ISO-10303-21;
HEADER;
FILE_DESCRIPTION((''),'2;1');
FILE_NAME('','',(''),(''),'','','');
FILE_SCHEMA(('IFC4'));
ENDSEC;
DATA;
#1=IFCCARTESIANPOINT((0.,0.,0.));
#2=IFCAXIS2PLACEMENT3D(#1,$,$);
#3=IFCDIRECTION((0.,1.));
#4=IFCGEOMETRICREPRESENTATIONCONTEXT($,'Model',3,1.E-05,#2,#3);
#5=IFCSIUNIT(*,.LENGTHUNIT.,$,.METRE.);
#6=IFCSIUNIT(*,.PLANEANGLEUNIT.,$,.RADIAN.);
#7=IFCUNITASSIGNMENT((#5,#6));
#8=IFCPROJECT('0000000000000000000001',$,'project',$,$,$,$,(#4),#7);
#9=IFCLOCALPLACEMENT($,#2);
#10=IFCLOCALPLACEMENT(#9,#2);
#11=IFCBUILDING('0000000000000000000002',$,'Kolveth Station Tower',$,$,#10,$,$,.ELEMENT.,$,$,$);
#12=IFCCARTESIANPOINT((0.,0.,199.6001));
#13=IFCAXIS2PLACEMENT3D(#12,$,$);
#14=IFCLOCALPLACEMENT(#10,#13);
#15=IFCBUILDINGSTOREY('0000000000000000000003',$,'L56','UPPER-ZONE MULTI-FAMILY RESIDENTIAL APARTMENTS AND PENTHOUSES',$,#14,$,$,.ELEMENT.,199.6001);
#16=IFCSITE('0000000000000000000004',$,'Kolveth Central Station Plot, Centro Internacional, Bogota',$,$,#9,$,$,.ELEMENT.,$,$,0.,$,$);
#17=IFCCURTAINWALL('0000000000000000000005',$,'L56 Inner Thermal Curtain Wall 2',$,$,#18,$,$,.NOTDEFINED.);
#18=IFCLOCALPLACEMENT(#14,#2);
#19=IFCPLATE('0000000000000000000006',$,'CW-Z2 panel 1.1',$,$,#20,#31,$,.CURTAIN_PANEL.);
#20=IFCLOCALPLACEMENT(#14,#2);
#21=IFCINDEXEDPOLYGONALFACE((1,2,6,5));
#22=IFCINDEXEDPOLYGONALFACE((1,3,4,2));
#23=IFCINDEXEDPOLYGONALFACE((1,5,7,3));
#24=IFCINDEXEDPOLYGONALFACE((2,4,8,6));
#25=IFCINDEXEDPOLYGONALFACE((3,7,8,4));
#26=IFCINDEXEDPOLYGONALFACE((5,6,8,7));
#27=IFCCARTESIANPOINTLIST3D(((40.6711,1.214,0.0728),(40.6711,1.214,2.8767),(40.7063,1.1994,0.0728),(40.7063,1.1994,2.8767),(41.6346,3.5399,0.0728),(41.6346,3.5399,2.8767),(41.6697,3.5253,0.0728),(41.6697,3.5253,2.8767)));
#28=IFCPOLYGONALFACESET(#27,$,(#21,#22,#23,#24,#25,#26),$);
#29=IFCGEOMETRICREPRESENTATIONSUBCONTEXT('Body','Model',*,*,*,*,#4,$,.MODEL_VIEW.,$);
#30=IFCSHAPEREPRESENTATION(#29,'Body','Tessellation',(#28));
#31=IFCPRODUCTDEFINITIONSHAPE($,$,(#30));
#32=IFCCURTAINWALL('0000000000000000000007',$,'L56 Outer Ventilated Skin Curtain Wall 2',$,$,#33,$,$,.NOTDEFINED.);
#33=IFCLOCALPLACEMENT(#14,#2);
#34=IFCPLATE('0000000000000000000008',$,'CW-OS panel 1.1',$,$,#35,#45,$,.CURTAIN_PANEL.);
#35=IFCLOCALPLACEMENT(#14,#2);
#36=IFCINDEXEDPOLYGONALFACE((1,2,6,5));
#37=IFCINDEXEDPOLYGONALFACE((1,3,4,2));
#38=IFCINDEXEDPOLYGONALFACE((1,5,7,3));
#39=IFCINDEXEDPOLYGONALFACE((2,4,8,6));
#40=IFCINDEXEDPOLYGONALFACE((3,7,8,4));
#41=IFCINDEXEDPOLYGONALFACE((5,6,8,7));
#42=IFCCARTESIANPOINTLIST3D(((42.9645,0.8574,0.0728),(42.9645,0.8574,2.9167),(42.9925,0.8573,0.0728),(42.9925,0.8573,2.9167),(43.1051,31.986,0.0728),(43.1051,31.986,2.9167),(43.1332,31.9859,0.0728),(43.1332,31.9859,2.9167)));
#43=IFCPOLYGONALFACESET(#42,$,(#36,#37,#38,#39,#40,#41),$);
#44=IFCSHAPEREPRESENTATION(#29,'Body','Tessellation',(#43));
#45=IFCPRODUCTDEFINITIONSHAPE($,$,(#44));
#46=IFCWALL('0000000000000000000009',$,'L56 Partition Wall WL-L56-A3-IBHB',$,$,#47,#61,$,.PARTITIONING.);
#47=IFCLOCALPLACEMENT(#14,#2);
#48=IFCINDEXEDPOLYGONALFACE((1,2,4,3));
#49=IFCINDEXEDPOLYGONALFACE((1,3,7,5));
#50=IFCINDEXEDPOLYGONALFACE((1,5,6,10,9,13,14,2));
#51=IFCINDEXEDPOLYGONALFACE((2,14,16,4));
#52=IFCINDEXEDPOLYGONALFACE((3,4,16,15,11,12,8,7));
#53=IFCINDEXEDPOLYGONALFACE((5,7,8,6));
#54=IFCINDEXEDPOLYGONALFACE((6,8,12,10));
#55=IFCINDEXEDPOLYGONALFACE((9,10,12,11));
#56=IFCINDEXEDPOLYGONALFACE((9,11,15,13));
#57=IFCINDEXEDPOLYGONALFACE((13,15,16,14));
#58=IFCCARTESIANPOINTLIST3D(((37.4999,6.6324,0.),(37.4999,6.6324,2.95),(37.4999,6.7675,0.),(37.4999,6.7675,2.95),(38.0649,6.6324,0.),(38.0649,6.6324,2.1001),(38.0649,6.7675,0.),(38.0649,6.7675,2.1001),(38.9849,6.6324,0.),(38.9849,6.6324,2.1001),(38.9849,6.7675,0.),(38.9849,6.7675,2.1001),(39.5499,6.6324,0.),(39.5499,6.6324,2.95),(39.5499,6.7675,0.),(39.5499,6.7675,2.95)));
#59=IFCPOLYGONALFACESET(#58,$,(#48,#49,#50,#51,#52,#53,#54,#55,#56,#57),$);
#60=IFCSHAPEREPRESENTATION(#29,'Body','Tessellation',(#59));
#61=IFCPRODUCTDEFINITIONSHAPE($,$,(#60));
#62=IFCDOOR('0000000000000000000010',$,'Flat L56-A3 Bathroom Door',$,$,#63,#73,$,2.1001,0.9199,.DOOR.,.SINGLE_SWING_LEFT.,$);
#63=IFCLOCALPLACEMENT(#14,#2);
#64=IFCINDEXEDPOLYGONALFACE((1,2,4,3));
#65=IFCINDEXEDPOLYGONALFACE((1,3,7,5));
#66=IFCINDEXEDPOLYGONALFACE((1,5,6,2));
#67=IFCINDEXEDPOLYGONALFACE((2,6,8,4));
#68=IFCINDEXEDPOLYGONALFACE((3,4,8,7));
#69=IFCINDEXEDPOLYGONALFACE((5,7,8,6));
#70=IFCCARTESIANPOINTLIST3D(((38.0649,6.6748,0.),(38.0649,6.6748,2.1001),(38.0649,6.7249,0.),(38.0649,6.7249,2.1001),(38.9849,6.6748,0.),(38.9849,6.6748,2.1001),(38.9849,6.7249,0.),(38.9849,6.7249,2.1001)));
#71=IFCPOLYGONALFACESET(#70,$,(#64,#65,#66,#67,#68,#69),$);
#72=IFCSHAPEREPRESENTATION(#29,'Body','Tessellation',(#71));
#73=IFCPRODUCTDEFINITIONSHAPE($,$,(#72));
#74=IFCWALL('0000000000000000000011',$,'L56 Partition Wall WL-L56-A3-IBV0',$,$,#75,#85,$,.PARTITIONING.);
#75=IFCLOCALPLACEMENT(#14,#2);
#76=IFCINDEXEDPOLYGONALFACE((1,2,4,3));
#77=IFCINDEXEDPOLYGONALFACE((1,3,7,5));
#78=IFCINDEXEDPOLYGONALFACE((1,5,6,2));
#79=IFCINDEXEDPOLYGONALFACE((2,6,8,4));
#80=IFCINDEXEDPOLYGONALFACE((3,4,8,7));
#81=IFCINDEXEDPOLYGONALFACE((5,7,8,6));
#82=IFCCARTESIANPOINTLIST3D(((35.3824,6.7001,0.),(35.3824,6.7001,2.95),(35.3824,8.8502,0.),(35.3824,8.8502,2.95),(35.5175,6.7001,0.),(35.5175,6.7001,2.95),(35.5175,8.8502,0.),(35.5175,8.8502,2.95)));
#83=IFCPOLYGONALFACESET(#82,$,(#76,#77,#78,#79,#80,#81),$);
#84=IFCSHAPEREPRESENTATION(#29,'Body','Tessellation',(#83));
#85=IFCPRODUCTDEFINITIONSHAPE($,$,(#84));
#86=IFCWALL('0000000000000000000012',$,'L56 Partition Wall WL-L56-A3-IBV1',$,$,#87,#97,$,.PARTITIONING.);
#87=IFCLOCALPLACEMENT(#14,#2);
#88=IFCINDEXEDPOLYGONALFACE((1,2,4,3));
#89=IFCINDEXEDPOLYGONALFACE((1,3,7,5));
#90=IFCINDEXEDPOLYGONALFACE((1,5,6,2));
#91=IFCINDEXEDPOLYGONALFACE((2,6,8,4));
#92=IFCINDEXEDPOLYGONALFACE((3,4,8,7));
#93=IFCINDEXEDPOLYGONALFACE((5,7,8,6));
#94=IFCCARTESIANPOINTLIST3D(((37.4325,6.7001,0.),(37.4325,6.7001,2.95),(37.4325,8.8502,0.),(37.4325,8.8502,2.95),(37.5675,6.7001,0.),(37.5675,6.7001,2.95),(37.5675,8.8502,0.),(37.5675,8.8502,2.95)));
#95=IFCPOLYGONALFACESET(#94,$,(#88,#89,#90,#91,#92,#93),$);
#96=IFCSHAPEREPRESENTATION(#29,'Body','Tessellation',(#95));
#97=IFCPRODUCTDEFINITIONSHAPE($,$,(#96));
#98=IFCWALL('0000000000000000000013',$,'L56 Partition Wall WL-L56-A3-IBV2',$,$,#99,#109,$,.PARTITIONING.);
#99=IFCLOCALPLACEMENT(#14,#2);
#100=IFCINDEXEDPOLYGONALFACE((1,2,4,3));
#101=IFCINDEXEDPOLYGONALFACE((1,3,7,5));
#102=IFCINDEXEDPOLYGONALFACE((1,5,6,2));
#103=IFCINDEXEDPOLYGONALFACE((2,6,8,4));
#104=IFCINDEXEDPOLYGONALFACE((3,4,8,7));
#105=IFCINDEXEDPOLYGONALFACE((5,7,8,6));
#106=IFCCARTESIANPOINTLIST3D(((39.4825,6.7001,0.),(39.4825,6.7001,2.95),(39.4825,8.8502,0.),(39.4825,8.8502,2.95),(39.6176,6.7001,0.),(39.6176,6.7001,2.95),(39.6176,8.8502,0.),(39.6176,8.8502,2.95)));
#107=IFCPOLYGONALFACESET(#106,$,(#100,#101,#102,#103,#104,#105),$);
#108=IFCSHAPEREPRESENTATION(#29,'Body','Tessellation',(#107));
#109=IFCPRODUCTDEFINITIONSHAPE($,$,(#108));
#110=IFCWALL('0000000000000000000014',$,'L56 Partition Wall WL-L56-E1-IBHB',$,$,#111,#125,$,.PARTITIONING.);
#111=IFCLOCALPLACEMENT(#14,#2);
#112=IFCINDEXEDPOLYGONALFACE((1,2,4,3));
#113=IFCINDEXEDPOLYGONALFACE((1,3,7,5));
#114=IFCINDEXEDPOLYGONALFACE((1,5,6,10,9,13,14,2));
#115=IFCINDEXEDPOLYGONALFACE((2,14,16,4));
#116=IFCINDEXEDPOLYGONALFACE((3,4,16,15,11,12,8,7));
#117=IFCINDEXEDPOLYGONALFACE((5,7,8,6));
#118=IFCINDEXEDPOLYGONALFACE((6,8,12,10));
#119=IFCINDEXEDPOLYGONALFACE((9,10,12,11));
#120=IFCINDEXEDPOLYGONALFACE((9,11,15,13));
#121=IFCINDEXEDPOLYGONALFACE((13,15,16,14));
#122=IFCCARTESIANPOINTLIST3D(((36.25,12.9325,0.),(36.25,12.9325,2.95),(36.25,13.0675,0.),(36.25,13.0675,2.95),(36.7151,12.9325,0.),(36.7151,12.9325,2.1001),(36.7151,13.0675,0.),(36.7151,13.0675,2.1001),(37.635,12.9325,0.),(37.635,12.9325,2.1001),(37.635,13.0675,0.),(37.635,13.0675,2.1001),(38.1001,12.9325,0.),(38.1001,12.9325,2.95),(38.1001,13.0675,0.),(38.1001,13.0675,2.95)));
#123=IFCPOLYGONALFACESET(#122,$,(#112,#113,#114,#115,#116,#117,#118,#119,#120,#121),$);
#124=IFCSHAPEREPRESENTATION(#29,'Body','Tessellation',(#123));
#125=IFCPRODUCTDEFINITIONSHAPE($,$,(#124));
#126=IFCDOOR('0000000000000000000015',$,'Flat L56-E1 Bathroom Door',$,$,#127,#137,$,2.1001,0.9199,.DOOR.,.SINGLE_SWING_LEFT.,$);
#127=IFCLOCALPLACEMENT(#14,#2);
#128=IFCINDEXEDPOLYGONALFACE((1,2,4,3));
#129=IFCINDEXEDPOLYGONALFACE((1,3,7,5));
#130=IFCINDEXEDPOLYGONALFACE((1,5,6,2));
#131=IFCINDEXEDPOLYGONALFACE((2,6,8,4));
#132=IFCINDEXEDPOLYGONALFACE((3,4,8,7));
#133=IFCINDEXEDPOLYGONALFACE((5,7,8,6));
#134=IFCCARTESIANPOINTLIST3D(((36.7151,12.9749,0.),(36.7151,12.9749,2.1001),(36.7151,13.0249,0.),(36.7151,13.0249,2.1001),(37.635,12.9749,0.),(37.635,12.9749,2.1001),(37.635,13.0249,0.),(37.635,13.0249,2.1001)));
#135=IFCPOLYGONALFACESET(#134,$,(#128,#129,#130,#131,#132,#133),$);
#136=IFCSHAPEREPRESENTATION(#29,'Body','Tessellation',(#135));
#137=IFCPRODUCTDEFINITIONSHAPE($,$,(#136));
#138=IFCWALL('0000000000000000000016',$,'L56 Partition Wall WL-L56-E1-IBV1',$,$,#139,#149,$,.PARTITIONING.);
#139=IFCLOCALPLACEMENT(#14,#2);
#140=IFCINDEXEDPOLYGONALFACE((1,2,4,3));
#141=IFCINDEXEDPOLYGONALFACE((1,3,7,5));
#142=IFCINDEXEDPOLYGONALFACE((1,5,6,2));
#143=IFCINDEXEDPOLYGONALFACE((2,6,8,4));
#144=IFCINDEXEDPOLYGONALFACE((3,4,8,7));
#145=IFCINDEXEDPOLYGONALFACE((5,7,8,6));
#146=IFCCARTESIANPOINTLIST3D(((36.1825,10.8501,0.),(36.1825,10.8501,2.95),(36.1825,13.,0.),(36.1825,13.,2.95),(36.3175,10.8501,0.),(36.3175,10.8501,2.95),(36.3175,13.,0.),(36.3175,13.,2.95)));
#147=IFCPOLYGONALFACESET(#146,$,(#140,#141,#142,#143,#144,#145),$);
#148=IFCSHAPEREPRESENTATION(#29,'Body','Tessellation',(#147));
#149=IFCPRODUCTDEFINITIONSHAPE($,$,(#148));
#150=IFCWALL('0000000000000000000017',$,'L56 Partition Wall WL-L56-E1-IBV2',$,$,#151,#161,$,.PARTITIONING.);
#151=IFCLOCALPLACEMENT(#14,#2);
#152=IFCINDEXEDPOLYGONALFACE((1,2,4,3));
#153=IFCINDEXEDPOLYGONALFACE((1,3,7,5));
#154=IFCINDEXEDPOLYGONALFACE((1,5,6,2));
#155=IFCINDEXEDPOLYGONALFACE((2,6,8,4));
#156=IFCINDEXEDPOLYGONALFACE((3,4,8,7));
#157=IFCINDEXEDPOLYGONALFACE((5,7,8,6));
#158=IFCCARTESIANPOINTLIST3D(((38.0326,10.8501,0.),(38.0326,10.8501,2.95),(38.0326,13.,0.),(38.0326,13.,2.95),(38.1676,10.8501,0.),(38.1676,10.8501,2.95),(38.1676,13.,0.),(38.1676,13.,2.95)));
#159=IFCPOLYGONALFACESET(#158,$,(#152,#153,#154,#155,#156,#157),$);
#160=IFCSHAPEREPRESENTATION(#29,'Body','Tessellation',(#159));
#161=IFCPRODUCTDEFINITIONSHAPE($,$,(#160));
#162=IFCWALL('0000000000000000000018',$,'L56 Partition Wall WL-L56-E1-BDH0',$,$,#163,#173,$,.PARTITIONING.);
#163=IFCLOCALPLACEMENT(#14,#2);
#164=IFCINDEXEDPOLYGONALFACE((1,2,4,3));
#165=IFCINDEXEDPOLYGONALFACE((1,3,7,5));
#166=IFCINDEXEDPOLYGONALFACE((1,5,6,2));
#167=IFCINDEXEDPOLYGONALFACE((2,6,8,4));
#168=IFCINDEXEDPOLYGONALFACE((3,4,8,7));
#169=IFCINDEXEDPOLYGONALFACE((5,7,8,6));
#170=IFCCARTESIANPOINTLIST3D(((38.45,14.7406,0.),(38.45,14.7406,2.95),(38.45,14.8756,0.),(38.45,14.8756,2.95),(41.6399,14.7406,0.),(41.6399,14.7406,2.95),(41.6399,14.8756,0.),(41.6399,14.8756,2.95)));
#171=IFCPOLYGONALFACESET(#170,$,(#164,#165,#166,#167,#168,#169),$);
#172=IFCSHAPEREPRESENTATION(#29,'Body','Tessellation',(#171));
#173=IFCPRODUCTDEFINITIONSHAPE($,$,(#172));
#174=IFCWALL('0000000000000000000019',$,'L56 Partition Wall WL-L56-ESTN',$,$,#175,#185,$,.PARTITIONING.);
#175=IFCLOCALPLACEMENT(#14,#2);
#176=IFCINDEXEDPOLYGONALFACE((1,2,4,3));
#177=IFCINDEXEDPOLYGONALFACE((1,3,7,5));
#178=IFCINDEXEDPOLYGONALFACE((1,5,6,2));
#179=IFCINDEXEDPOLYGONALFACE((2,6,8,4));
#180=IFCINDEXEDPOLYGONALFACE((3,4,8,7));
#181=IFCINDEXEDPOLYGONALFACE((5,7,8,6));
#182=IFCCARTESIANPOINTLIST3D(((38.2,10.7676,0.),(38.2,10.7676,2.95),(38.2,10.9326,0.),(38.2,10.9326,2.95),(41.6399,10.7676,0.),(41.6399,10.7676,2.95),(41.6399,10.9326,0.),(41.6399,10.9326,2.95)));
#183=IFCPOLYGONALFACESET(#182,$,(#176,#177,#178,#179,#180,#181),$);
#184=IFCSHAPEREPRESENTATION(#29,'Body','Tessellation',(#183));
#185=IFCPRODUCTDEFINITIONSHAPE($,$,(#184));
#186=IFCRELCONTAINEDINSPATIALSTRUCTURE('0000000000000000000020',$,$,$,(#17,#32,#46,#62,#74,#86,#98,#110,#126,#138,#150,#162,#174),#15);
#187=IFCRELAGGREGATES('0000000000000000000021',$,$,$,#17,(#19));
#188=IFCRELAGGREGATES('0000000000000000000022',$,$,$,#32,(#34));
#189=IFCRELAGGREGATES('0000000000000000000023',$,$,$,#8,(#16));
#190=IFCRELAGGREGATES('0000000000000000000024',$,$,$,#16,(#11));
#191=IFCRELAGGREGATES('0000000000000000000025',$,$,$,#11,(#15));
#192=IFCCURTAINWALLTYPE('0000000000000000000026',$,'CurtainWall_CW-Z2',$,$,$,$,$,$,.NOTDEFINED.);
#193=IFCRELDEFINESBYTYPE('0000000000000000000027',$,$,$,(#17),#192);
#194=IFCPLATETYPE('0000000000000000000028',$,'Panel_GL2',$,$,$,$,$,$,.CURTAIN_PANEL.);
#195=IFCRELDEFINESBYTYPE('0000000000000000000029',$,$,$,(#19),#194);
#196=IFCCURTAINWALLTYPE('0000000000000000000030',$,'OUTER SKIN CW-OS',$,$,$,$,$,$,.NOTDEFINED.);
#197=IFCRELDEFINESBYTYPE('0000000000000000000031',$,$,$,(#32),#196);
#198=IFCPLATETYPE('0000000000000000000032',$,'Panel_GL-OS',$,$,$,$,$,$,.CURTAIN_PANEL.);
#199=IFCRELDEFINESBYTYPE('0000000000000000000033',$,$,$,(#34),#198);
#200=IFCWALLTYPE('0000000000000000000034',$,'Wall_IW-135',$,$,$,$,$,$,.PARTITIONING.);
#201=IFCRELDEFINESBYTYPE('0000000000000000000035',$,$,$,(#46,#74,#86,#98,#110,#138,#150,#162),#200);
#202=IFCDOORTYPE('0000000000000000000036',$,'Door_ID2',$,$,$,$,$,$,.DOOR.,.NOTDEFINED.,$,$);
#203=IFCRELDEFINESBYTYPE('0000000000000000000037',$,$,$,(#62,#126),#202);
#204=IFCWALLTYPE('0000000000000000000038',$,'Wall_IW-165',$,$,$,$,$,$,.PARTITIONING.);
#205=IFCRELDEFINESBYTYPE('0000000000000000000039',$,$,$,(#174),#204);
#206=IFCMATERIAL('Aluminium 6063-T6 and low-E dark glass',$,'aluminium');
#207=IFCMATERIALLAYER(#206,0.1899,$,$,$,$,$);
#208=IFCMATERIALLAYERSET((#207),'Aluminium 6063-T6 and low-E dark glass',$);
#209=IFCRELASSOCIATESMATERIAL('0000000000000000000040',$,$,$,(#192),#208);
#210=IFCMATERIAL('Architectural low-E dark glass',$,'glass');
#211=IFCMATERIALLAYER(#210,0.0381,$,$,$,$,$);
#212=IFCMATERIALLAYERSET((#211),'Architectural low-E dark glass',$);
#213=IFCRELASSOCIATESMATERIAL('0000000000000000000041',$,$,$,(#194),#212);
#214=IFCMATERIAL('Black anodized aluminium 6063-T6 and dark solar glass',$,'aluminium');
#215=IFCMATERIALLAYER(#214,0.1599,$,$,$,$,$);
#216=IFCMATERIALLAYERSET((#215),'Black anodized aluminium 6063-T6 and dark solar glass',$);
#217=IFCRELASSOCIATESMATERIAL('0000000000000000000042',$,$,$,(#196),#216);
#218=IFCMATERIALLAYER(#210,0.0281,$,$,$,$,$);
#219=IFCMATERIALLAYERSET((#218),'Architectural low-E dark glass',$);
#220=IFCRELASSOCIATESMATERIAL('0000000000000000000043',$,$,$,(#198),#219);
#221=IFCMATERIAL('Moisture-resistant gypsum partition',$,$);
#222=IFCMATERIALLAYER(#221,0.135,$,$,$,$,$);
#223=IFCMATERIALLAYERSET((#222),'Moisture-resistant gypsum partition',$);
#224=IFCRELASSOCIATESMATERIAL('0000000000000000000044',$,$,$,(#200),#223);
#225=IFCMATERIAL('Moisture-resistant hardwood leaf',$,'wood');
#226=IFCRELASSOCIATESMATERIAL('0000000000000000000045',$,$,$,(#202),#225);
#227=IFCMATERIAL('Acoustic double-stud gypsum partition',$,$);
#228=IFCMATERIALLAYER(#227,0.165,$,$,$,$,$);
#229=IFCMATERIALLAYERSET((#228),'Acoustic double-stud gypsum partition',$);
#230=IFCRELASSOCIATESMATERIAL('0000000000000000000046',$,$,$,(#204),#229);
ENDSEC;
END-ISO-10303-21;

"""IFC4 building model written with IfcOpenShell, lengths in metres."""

from ifc_helpers import new_model, si_unit, direction, frame, frame_2d, origin, origin_2d, place, context, subcontext, project, spatial, rectangle, extrude, source, transform, mapped, material, layer, layer_set, type_object, element, fill, aggregate, save


model = new_model("IFC4")

# Units and contexts
model_context = context("Model", 3, precision=1e-05, world=origin(), true_north=direction((0.0, 1.0)))
body_context = subcontext(model_context, "Body", "Model", "MODEL_VIEW")
ifc_project = project(units=[si_unit("LENGTHUNIT", "METRE"), si_unit("PLANEANGLEUNIT", "RADIAN")], contexts=[model_context])

# Site, building, storey
site_placement = place(None, origin())
site = spatial("IfcSite", under=ifc_project, at=site_placement, Name="Kolveth Central Station Plot, Centro Internacional, Bogota", CompositionType="ELEMENT", RefElevation=0.0)
building_placement = place(site_placement, origin())
building = spatial("IfcBuilding", under=site, at=building_placement, Name="Kolveth Station Tower", CompositionType="ELEMENT")
storey_placement = place(building_placement, frame((0.0, 0.0, 199.6001)))
storey = spatial("IfcBuildingStorey", under=building, at=storey_placement, Name="L56", Description="UPPER-ZONE MULTI-FAMILY RESIDENTIAL APARTMENTS AND PENTHOUSES", CompositionType="ELEMENT", Elevation=199.6001)

# Curtain wall
ifc_material_1 = material(Name="Aluminium 6063-T6 and low-E dark glass", Category="aluminium")
ifc_layer_1 = layer(ifc_material_1, 0.1899)
ifc_layer_set_1 = layer_set([ifc_layer_1], Name="Aluminium 6063-T6 and low-E dark glass")
curtain_wall_type_1 = type_object("IfcCurtainWallType", Name="CurtainWall_CW-Z2", PredefinedType="NOTDEFINED", material=ifc_layer_set_1)
curtain_wall_1_placement = place(storey_placement, origin())
curtain_wall_1 = element("IfcCurtainWall", 1, at=curtain_wall_1_placement, inside=storey, type_object=curtain_wall_type_1, Name="L56 Inner Thermal Curtain Wall 2", PredefinedType="NOTDEFINED")

# Plate
ifc_material_2 = material(Name="Architectural low-E dark glass", Category="glass")
ifc_layer_2 = layer(ifc_material_2, 0.0381)
ifc_layer_set_2 = layer_set([ifc_layer_2], Name="Architectural low-E dark glass")
plate_type_1 = type_object("IfcPlateType", Name="Panel_GL2", PredefinedType="CURTAIN_PANEL", material=ifc_layer_set_2)
shared_shape_1 = source(origin(), body_context, "Body", "SweptSolid", [
    extrude(rectangle(XDim=2.5176, YDim=0.0381, at=origin_2d()), origin(), (0.0, 0.0, 1.0), 2.804),
])
plate_1_placement = place(storey_placement, frame((41.1704, 2.3696, 0.0728), z_axis=(0.0, 0.0, 1.0), x_axis=(0.382698, 0.923874, 0.0)))
plate_1 = element("IfcPlate", 2, at=plate_1_placement, type_object=plate_type_1, Name="CW-Z2 panel 1.1", PredefinedType="CURTAIN_PANEL", context=body_context, shape_type="MappedRepresentation", body=[
    mapped(shared_shape_1, transform((0.0, 0.0, 0.0), x_axis=(1.0, 0.0, 0.0), y_axis=(0.0, 1.0, 0.0), z_axis=(0.0, 0.0, 1.0), scale=1.0)),
])
aggregate(curtain_wall_1, [plate_1])

# Curtain wall, plate
ifc_material_3 = material(Name="Black anodized aluminium 6063-T6 and dark solar glass", Category="aluminium")
ifc_layer_3 = layer(ifc_material_3, 0.1599)
ifc_layer_set_3 = layer_set([ifc_layer_3], Name="Black anodized aluminium 6063-T6 and dark solar glass")
curtain_wall_type_2 = type_object("IfcCurtainWallType", Name="OUTER SKIN CW-OS", PredefinedType="NOTDEFINED", material=ifc_layer_set_3)
curtain_wall_2_placement = place(storey_placement, origin())
curtain_wall_2 = element("IfcCurtainWall", 3, at=curtain_wall_2_placement, inside=storey, type_object=curtain_wall_type_2, Name="L56 Outer Ventilated Skin Curtain Wall 2", PredefinedType="NOTDEFINED")
ifc_layer_4 = layer(ifc_material_2, 0.0281)
ifc_layer_set_4 = layer_set([ifc_layer_4], Name="Architectural low-E dark glass")
plate_type_2 = type_object("IfcPlateType", Name="Panel_GL-OS", PredefinedType="CURTAIN_PANEL", material=ifc_layer_set_4)
shared_shape_2 = source(origin(), body_context, "Body", "SweptSolid", [
    extrude(rectangle(XDim=31.1289, YDim=0.0281, at=origin_2d()), origin(), (0.0, 0.0, 1.0), 2.844),
])
plate_2_placement = place(storey_placement, frame((43.0488, 16.4216, 0.0728), z_axis=(0.0, 0.0, 1.0), x_axis=(0.004518, 0.99999, 0.0)))
plate_2 = element("IfcPlate", 4, at=plate_2_placement, type_object=plate_type_2, Name="CW-OS panel 1.1", PredefinedType="CURTAIN_PANEL", context=body_context, shape_type="MappedRepresentation", body=[
    mapped(shared_shape_2, transform((0.0, 0.0, 0.0), x_axis=(1.0, 0.0, 0.0), y_axis=(0.0, 1.0, 0.0), z_axis=(0.0, 0.0, 1.0), scale=1.0)),
])
aggregate(curtain_wall_2, [plate_2])

# Wall, opening, door
ifc_material_4 = material(Name="Moisture-resistant gypsum partition")
ifc_layer_5 = layer(ifc_material_4, 0.135)
ifc_layer_set_5 = layer_set([ifc_layer_5], Name="Moisture-resistant gypsum partition")
wall_type_1 = type_object("IfcWallType", Name="Wall_IW-135", PredefinedType="PARTITIONING", material=ifc_layer_set_5)
wall_1_placement = place(storey_placement, frame((37.5, 6.7, 0.0), z_axis=(0.0, 0.0, 1.0), x_axis=(1.0, 0.0, 0.0)))
wall_1 = element("IfcWall", 5, at=wall_1_placement, inside=storey, type_object=wall_type_1, Name="L56 Partition Wall WL-L56-A3-IBHB", PredefinedType="PARTITIONING", context=body_context, shape_type="SweptSolid", body=[
    extrude(rectangle(XDim=2.05, YDim=0.135, at=frame_2d((1.0249, 0.0))), origin(), (0.0, 0.0, 1.0), 2.95),
])
opening_1_placement = place(wall_1_placement, frame((0.5649, 0.0, 0.0)))
opening_1 = element("IfcOpeningElement", 6, at=opening_1_placement, cuts=wall_1, PredefinedType="OPENING", context=body_context, shape_type="SweptSolid", body=[
    extrude(rectangle(XDim=0.9199, YDim=2.1001, at=frame_2d((0.46, 1.05))), frame((0.0, 0.0774, 0.0), z_axis=(0.0, -1.0, 0.0), x_axis=(1.0, 0.0, 0.0)), (0.0, 0.0, 1.0), 0.155),
])
ifc_material_5 = material(Name="Moisture-resistant hardwood leaf", Category="wood")
door_type_1 = type_object("IfcDoorType", Name="Door_ID2", OperationType="NOTDEFINED", PredefinedType="DOOR", material=ifc_material_5)
door_1_placement = place(opening_1_placement, origin())
door_1 = element("IfcDoor", 7, at=door_1_placement, inside=storey, type_object=door_type_1, Name="Flat L56-A3 Bathroom Door", OperationType="SINGLE_SWING_LEFT", OverallHeight=2.1001, OverallWidth=0.9199, PredefinedType="DOOR", context=body_context, shape_type="SweptSolid", body=[
    extrude(rectangle(XDim=0.9199, YDim=2.1001, at=frame_2d((0.46, 1.05))), frame((0.0, 0.0249, 0.0), z_axis=(0.0, -1.0, 0.0), x_axis=(1.0, 0.0, 0.0)), (0.0, 0.0, 1.0), 0.05),
])
fill(opening_1, door_1)

# Walls
for number, where, z_axis, x_axis, name in (
    (8, (35.45, 6.7, 0.0), (0.0, 0.0, 1.0), (0.0, 1.0, 0.0), "L56 Partition Wall WL-L56-A3-IBV0"),
    (9, (37.5, 6.7, 0.0), (0.0, 0.0, 1.0), (0.0, 1.0, 0.0), "L56 Partition Wall WL-L56-A3-IBV1"),
    (10, (39.55, 6.7, 0.0), (0.0, 0.0, 1.0), (0.0, 1.0, 0.0), "L56 Partition Wall WL-L56-A3-IBV2"),
):
    element("IfcWall", number, at=place(storey_placement, frame(where, z_axis=z_axis, x_axis=x_axis)), inside=storey, type_object=wall_type_1, Name=name, PredefinedType="PARTITIONING", context=body_context, shape_type="SweptSolid", body=[
        extrude(rectangle(XDim=2.1501, YDim=0.135, at=frame_2d((1.0752, 0.0))), origin(), (0.0, 0.0, 1.0), 2.95),
    ])

# Wall, opening, door
wall_2_placement = place(storey_placement, frame((36.25, 13.0, 0.0), z_axis=(0.0, 0.0, 1.0), x_axis=(1.0, 0.0, 0.0)))
wall_2 = element("IfcWall", 11, at=wall_2_placement, inside=storey, type_object=wall_type_1, Name="L56 Partition Wall WL-L56-E1-IBHB", PredefinedType="PARTITIONING", context=body_context, shape_type="SweptSolid", body=[
    extrude(rectangle(XDim=1.8501, YDim=0.135, at=frame_2d((0.925, 0.0))), origin(), (0.0, 0.0, 1.0), 2.95),
])
opening_2_placement = place(wall_2_placement, frame((0.4651, 0.0, 0.0)))
opening_2 = element("IfcOpeningElement", 12, at=opening_2_placement, cuts=wall_2, PredefinedType="OPENING", context=body_context, shape_type="SweptSolid", body=[
    extrude(rectangle(XDim=0.9199, YDim=2.1001, at=frame_2d((0.46, 1.05))), frame((0.0, 0.0774, 0.0), z_axis=(0.0, -1.0, 0.0), x_axis=(1.0, 0.0, 0.0)), (0.0, 0.0, 1.0), 0.155),
])
door_2_placement = place(opening_2_placement, origin())
door_2 = element("IfcDoor", 13, at=door_2_placement, inside=storey, type_object=door_type_1, Name="Flat L56-E1 Bathroom Door", OperationType="SINGLE_SWING_LEFT", OverallHeight=2.1001, OverallWidth=0.9199, PredefinedType="DOOR", context=body_context, shape_type="SweptSolid", body=[
    extrude(rectangle(XDim=0.9199, YDim=2.1001, at=frame_2d((0.46, 1.05))), frame((0.0, 0.0249, 0.0), z_axis=(0.0, -1.0, 0.0), x_axis=(1.0, 0.0, 0.0)), (0.0, 0.0, 1.0), 0.05),
])
fill(opening_2, door_2)

# Walls
for number, where, z_axis, x_axis, name in (
    (14, (36.25, 10.8501, 0.0), (0.0, 0.0, 1.0), (0.0, 1.0, 0.0), "L56 Partition Wall WL-L56-E1-IBV1"),
    (15, (38.1001, 10.8501, 0.0), (0.0, 0.0, 1.0), (0.0, 1.0, 0.0), "L56 Partition Wall WL-L56-E1-IBV2"),
):
    element("IfcWall", number, at=place(storey_placement, frame(where, z_axis=z_axis, x_axis=x_axis)), inside=storey, type_object=wall_type_1, Name=name, PredefinedType="PARTITIONING", context=body_context, shape_type="SweptSolid", body=[
        extrude(rectangle(XDim=2.1499, YDim=0.135, at=frame_2d((1.075, 0.0))), origin(), (0.0, 0.0, 1.0), 2.95),
    ])
wall_3_placement = place(storey_placement, frame((38.45, 14.8081, 0.0), z_axis=(0.0, 0.0, 1.0), x_axis=(1.0, 0.0, 0.0)))
element("IfcWall", 16, at=wall_3_placement, inside=storey, type_object=wall_type_1, Name="L56 Partition Wall WL-L56-E1-BDH0", PredefinedType="PARTITIONING", context=body_context, shape_type="SweptSolid", body=[
    extrude(rectangle(XDim=3.1899, YDim=0.135, at=frame_2d((1.595, 0.0))), origin(), (0.0, 0.0, 1.0), 2.95),
])

# Shared definitions
ifc_material_6 = material(Name="Acoustic double-stud gypsum partition")
ifc_layer_6 = layer(ifc_material_6, 0.165)
ifc_layer_set_6 = layer_set([ifc_layer_6], Name="Acoustic double-stud gypsum partition")
wall_type_2 = type_object("IfcWallType", Name="Wall_IW-165", PredefinedType="PARTITIONING", material=ifc_layer_set_6)

# Wall
wall_4_placement = place(storey_placement, frame((38.2, 10.8501, 0.0), z_axis=(0.0, 0.0, 1.0), x_axis=(1.0, 0.0, 0.0)))
element("IfcWall", 17, at=wall_4_placement, inside=storey, type_object=wall_type_2, Name="L56 Partition Wall WL-L56-ESTN", PredefinedType="PARTITIONING", context=body_context, shape_type="SweptSolid", body=[
    extrude(rectangle(XDim=3.4399, YDim=0.165, at=frame_2d((1.72, 0.0))), origin(), (0.0, 0.0, 1.0), 2.95),
])

save(model, "model.ifc")
